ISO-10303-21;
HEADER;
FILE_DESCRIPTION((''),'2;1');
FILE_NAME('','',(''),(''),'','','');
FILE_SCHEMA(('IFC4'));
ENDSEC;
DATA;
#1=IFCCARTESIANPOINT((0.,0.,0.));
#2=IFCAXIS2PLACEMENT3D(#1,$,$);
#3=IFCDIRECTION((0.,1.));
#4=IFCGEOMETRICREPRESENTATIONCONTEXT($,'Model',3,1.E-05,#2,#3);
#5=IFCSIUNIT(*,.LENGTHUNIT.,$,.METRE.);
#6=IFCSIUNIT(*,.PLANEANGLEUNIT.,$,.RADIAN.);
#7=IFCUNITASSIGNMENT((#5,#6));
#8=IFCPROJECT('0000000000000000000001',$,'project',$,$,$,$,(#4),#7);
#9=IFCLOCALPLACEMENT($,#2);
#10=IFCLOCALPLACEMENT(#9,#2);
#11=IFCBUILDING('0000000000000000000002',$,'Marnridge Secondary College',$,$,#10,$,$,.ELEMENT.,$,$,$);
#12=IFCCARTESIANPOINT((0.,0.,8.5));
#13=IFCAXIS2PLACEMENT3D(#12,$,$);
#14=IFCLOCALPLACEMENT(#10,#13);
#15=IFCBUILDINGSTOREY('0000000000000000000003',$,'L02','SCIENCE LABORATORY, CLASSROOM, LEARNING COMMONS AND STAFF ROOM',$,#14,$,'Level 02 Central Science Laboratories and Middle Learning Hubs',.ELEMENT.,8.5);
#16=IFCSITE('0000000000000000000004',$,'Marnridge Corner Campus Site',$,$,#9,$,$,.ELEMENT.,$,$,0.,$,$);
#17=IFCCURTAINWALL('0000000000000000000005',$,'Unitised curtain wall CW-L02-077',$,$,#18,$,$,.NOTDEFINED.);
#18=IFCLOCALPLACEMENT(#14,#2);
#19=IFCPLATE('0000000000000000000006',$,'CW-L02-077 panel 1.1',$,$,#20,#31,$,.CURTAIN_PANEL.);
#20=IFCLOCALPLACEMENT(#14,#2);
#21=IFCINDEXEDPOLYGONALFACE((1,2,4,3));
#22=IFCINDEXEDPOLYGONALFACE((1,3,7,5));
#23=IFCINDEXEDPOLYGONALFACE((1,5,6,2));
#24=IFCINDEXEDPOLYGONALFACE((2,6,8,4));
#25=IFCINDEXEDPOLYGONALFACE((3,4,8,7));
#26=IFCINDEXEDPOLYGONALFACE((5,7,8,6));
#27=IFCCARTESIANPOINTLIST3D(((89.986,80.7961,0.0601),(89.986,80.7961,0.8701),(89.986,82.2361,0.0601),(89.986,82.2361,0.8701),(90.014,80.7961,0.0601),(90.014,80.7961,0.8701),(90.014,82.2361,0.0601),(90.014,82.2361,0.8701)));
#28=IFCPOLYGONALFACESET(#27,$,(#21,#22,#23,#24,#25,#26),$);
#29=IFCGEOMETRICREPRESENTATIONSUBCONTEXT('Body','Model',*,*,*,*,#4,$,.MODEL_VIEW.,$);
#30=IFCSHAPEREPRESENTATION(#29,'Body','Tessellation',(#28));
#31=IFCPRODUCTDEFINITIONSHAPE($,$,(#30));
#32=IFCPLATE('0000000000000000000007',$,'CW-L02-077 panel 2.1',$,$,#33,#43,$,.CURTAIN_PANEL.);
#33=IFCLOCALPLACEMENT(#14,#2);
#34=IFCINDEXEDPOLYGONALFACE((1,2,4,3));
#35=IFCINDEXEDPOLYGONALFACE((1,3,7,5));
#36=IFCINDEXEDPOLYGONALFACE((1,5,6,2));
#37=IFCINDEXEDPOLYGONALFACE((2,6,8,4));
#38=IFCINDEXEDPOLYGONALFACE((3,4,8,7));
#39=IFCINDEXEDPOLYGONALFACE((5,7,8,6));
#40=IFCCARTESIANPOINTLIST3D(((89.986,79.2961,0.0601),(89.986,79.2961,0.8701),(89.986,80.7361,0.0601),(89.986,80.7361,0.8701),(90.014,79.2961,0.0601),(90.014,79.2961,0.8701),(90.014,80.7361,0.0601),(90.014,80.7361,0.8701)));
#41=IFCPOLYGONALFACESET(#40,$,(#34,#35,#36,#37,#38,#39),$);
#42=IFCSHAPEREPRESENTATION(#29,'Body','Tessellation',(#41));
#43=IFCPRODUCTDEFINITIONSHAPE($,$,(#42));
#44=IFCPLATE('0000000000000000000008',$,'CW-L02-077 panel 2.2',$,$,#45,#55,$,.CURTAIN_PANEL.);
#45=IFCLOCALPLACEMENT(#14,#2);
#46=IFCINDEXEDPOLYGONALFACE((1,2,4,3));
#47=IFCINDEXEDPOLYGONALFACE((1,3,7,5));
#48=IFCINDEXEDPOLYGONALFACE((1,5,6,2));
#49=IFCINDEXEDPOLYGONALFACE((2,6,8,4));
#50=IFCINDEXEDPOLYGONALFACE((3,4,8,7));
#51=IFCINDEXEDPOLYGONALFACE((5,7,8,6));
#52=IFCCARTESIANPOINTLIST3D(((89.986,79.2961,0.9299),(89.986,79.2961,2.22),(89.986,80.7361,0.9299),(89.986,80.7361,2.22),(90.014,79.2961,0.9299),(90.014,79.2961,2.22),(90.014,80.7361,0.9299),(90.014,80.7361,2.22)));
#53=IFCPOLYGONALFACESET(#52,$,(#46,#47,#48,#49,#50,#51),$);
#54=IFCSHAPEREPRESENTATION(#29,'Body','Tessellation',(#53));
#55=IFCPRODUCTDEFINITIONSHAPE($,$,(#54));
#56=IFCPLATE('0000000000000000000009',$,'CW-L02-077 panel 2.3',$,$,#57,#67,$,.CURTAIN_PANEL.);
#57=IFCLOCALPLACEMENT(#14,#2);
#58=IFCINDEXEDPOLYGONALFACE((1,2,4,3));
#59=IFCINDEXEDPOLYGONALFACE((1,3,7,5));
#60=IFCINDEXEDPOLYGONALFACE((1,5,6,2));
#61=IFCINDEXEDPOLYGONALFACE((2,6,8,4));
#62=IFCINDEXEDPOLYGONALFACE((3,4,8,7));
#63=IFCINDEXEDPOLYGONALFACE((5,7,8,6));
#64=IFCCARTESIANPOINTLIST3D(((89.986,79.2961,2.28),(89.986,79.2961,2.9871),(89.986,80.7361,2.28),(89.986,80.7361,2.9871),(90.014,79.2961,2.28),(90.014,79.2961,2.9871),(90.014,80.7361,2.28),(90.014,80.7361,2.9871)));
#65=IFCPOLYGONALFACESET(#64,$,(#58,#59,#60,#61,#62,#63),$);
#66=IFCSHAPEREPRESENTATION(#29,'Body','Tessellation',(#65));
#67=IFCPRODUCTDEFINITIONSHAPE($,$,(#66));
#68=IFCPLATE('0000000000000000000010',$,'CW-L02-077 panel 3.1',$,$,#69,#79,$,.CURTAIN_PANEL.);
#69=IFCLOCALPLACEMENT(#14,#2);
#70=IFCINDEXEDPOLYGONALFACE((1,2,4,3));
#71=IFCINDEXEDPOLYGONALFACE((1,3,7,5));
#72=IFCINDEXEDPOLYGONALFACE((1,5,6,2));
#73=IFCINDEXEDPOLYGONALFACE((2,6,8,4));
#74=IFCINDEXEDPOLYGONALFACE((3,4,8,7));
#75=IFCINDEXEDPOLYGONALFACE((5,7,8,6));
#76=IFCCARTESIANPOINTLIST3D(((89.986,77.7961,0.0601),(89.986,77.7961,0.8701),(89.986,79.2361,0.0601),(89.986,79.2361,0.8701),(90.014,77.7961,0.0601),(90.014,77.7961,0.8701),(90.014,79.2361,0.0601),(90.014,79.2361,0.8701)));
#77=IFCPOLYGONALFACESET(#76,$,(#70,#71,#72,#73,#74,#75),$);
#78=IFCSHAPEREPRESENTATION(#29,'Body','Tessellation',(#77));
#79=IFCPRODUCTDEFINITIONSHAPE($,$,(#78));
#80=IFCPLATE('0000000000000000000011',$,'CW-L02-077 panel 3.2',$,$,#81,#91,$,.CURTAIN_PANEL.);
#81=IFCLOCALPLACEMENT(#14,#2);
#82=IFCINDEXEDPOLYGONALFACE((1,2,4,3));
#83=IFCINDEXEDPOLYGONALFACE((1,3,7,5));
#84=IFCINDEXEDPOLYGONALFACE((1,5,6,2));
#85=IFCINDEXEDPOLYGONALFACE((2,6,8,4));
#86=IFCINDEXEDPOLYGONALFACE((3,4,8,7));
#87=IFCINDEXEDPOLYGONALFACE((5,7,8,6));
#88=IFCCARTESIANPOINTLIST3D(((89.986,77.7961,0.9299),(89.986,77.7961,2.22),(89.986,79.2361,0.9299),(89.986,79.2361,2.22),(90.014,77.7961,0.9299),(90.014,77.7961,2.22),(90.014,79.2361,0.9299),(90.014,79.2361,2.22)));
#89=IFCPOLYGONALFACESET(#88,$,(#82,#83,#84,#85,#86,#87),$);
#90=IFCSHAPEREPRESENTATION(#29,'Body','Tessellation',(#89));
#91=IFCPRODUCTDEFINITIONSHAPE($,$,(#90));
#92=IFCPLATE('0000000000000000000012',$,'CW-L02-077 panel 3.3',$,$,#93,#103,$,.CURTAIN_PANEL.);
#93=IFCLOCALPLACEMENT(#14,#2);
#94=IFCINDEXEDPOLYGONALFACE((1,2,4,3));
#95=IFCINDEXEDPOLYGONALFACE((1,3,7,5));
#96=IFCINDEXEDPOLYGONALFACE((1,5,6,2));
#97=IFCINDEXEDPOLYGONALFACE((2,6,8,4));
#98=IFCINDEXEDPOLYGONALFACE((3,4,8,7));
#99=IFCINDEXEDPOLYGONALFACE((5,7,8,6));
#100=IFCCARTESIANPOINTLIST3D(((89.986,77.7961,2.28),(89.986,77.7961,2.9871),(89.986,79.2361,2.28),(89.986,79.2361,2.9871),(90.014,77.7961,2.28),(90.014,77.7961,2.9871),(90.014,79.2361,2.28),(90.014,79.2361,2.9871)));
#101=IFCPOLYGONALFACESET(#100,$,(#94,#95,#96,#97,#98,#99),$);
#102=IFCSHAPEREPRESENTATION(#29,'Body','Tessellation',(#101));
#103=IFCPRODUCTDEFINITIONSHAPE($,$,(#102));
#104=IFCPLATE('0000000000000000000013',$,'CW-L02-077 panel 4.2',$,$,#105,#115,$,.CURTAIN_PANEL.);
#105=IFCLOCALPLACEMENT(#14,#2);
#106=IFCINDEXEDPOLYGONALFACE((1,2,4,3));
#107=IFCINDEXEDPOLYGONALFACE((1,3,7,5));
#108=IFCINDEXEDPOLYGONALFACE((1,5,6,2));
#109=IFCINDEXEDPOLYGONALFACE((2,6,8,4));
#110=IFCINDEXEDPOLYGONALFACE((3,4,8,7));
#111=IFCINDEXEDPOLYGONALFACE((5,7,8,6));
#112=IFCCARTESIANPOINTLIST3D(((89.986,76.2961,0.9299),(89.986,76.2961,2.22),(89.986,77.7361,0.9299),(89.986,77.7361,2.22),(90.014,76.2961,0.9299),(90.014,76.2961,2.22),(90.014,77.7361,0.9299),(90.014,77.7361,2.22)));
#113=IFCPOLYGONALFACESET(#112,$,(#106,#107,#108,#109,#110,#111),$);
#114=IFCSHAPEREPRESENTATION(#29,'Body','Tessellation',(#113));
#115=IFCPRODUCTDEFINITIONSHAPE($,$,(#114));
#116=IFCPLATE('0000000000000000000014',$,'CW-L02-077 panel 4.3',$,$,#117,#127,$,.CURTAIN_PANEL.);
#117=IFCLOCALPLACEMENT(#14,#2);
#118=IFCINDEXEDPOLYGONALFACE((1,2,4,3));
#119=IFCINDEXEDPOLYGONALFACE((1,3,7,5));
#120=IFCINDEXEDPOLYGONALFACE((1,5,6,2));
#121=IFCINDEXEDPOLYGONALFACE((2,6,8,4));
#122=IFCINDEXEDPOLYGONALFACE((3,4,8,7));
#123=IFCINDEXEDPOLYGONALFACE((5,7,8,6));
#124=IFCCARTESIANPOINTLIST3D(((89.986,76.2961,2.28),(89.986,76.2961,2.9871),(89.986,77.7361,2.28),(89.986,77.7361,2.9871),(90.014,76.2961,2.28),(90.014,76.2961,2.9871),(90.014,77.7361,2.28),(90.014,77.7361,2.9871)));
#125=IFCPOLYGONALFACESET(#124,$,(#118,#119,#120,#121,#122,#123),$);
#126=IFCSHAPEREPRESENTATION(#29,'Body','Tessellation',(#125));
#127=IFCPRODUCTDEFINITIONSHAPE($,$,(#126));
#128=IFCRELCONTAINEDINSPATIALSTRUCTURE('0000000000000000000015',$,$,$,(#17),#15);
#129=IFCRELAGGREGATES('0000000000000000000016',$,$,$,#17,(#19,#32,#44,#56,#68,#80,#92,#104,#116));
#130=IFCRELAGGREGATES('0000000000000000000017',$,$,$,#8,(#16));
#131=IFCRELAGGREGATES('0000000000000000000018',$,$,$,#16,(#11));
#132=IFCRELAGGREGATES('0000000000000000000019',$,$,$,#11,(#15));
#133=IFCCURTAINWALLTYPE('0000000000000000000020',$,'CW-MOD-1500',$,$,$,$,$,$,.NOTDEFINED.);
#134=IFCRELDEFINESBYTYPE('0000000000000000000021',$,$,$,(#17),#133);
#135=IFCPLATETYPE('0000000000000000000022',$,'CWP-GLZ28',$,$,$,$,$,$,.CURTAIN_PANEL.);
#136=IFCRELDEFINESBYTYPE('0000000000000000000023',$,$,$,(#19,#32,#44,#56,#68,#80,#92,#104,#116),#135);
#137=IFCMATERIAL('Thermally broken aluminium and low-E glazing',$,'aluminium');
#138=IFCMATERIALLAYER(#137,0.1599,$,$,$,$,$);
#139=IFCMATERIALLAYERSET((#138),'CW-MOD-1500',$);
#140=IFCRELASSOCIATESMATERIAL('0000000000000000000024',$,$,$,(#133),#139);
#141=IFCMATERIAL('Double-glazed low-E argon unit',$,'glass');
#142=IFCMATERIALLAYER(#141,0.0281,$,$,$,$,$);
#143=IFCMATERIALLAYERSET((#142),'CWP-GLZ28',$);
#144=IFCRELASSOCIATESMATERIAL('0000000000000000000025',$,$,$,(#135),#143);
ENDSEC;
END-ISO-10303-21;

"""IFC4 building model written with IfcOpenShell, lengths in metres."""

from ifc_helpers import new_model, si_unit, direction, frame, origin, origin_2d, place, context, subcontext, project, spatial, rectangle, extrude, material, layer, layer_set, type_object, element, aggregate, save


model = new_model("IFC4")

# Units and contexts
model_context = context("Model", 3, precision=1e-05, world=origin(), true_north=direction((0.0, 1.0)))
body_context = subcontext(model_context, "Body", "Model", "MODEL_VIEW")
ifc_project = project(units=[si_unit("LENGTHUNIT", "METRE"), si_unit("PLANEANGLEUNIT", "RADIAN")], contexts=[model_context])

# Site, building, storey
site_placement = place(None, origin())
site = spatial("IfcSite", under=ifc_project, at=site_placement, Name="Marnridge Corner Campus Site", CompositionType="ELEMENT", RefElevation=0.0)
building_placement = place(site_placement, origin())
building = spatial("IfcBuilding", under=site, at=building_placement, Name="Marnridge Secondary College", CompositionType="ELEMENT")
storey_placement = place(building_placement, frame((0.0, 0.0, 8.5)))
storey = spatial("IfcBuildingStorey", under=building, at=storey_placement, Name="L02", Description="SCIENCE LABORATORY, CLASSROOM, LEARNING COMMONS AND STAFF ROOM", LongName="Level 02 Central Science Laboratories and Middle Learning Hubs", CompositionType="ELEMENT", Elevation=8.5)

# Curtain wall, plates
ifc_material_1 = material(Name="Thermally broken aluminium and low-E glazing", Category="aluminium")
ifc_layer_1 = layer(ifc_material_1, 0.1599)
ifc_layer_set_1 = layer_set([ifc_layer_1], Name="CW-MOD-1500")
curtain_wall_type = type_object("IfcCurtainWallType", Name="CW-MOD-1500", PredefinedType="NOTDEFINED", material=ifc_layer_set_1)
curtain_wall_placement = place(storey_placement, origin())
curtain_wall = element("IfcCurtainWall", 1, at=curtain_wall_placement, inside=storey, type_object=curtain_wall_type, Name="Unitised curtain wall CW-L02-077", PredefinedType="NOTDEFINED")
ifc_material_2 = material(Name="Double-glazed low-E argon unit", Category="glass")
ifc_layer_2 = layer(ifc_material_2, 0.0281)
ifc_layer_set_2 = layer_set([ifc_layer_2], Name="CWP-GLZ28")
plate_type = type_object("IfcPlateType", Name="CWP-GLZ28", PredefinedType="CURTAIN_PANEL", material=ifc_layer_set_2)
plate_1_placement = place(storey_placement, frame((90.0, 81.5161, 0.0601), z_axis=(0.0, 0.0, 1.0), x_axis=(0.0, -1.0, 0.0)))
plate_1 = element("IfcPlate", 2, at=plate_1_placement, type_object=plate_type, Name="CW-L02-077 panel 1.1", PredefinedType="CURTAIN_PANEL", context=body_context, shape_type="SweptSolid", body=[
    extrude(rectangle(XDim=1.4399, YDim=0.0281, at=origin_2d()), origin(), (0.0, 0.0, 1.0), 0.8101),
])
plate_2_placement = place(storey_placement, frame((90.0, 80.0161, 0.0601), z_axis=(0.0, 0.0, 1.0), x_axis=(0.0, -1.0, 0.0)))
plate_2 = element("IfcPlate", 3, at=plate_2_placement, type_object=plate_type, Name="CW-L02-077 panel 2.1", PredefinedType="CURTAIN_PANEL", context=body_context, shape_type="SweptSolid", body=[
    extrude(rectangle(XDim=1.4399, YDim=0.0281, at=origin_2d()), origin(), (0.0, 0.0, 1.0), 0.8101),
])
plate_3_placement = place(storey_placement, frame((90.0, 80.0161, 0.9299), z_axis=(0.0, 0.0, 1.0), x_axis=(0.0, -1.0, 0.0)))
plate_3 = element("IfcPlate", 4, at=plate_3_placement, type_object=plate_type, Name="CW-L02-077 panel 2.2", PredefinedType="CURTAIN_PANEL", context=body_context, shape_type="SweptSolid", body=[
    extrude(rectangle(XDim=1.4399, YDim=0.0281, at=origin_2d()), origin(), (0.0, 0.0, 1.0), 1.29),
])
plate_4_placement = place(storey_placement, frame((90.0, 80.0161, 2.28), z_axis=(0.0, 0.0, 1.0), x_axis=(0.0, -1.0, 0.0)))
plate_4 = element("IfcPlate", 5, at=plate_4_placement, type_object=plate_type, Name="CW-L02-077 panel 2.3", PredefinedType="CURTAIN_PANEL", context=body_context, shape_type="SweptSolid", body=[
    extrude(rectangle(XDim=1.4399, YDim=0.0281, at=origin_2d()), origin(), (0.0, 0.0, 1.0), 0.707),
])
plate_5_placement = place(storey_placement, frame((90.0, 78.5161, 0.0601), z_axis=(0.0, 0.0, 1.0), x_axis=(0.0, -1.0, 0.0)))
plate_5 = element("IfcPlate", 6, at=plate_5_placement, type_object=plate_type, Name="CW-L02-077 panel 3.1", PredefinedType="CURTAIN_PANEL", context=body_context, shape_type="SweptSolid", body=[
    extrude(rectangle(XDim=1.4399, YDim=0.0281, at=origin_2d()), origin(), (0.0, 0.0, 1.0), 0.8101),
])
plate_6_placement = place(storey_placement, frame((90.0, 78.5161, 0.9299), z_axis=(0.0, 0.0, 1.0), x_axis=(0.0, -1.0, 0.0)))
plate_6 = element("IfcPlate", 7, at=plate_6_placement, type_object=plate_type, Name="CW-L02-077 panel 3.2", PredefinedType="CURTAIN_PANEL", context=body_context, shape_type="SweptSolid", body=[
    extrude(rectangle(XDim=1.4399, YDim=0.0281, at=origin_2d()), origin(), (0.0, 0.0, 1.0), 1.29),
])
plate_7_placement = place(storey_placement, frame((90.0, 78.5161, 2.28), z_axis=(0.0, 0.0, 1.0), x_axis=(0.0, -1.0, 0.0)))
plate_7 = element("IfcPlate", 8, at=plate_7_placement, type_object=plate_type, Name="CW-L02-077 panel 3.3", PredefinedType="CURTAIN_PANEL", context=body_context, shape_type="SweptSolid", body=[
    extrude(rectangle(XDim=1.4399, YDim=0.0281, at=origin_2d()), origin(), (0.0, 0.0, 1.0), 0.707),
])
plate_8_placement = place(storey_placement, frame((90.0, 77.0161, 0.9299), z_axis=(0.0, 0.0, 1.0), x_axis=(0.0, -1.0, 0.0)))
plate_8 = element("IfcPlate", 9, at=plate_8_placement, type_object=plate_type, Name="CW-L02-077 panel 4.2", PredefinedType="CURTAIN_PANEL", context=body_context, shape_type="SweptSolid", body=[
    extrude(rectangle(XDim=1.4399, YDim=0.0281, at=origin_2d()), origin(), (0.0, 0.0, 1.0), 1.29),
])
plate_9_placement = place(storey_placement, frame((90.0, 77.0161, 2.28), z_axis=(0.0, 0.0, 1.0), x_axis=(0.0, -1.0, 0.0)))
plate_9 = element("IfcPlate", 10, at=plate_9_placement, type_object=plate_type, Name="CW-L02-077 panel 4.3", PredefinedType="CURTAIN_PANEL", context=body_context, shape_type="SweptSolid", body=[
    extrude(rectangle(XDim=1.4399, YDim=0.0281, at=origin_2d()), origin(), (0.0, 0.0, 1.0), 0.707),
])
aggregate(curtain_wall, [plate_1, plate_2, plate_3, plate_4, plate_5, plate_6, plate_7, plate_8, plate_9])

save(model, "model.ifc")
